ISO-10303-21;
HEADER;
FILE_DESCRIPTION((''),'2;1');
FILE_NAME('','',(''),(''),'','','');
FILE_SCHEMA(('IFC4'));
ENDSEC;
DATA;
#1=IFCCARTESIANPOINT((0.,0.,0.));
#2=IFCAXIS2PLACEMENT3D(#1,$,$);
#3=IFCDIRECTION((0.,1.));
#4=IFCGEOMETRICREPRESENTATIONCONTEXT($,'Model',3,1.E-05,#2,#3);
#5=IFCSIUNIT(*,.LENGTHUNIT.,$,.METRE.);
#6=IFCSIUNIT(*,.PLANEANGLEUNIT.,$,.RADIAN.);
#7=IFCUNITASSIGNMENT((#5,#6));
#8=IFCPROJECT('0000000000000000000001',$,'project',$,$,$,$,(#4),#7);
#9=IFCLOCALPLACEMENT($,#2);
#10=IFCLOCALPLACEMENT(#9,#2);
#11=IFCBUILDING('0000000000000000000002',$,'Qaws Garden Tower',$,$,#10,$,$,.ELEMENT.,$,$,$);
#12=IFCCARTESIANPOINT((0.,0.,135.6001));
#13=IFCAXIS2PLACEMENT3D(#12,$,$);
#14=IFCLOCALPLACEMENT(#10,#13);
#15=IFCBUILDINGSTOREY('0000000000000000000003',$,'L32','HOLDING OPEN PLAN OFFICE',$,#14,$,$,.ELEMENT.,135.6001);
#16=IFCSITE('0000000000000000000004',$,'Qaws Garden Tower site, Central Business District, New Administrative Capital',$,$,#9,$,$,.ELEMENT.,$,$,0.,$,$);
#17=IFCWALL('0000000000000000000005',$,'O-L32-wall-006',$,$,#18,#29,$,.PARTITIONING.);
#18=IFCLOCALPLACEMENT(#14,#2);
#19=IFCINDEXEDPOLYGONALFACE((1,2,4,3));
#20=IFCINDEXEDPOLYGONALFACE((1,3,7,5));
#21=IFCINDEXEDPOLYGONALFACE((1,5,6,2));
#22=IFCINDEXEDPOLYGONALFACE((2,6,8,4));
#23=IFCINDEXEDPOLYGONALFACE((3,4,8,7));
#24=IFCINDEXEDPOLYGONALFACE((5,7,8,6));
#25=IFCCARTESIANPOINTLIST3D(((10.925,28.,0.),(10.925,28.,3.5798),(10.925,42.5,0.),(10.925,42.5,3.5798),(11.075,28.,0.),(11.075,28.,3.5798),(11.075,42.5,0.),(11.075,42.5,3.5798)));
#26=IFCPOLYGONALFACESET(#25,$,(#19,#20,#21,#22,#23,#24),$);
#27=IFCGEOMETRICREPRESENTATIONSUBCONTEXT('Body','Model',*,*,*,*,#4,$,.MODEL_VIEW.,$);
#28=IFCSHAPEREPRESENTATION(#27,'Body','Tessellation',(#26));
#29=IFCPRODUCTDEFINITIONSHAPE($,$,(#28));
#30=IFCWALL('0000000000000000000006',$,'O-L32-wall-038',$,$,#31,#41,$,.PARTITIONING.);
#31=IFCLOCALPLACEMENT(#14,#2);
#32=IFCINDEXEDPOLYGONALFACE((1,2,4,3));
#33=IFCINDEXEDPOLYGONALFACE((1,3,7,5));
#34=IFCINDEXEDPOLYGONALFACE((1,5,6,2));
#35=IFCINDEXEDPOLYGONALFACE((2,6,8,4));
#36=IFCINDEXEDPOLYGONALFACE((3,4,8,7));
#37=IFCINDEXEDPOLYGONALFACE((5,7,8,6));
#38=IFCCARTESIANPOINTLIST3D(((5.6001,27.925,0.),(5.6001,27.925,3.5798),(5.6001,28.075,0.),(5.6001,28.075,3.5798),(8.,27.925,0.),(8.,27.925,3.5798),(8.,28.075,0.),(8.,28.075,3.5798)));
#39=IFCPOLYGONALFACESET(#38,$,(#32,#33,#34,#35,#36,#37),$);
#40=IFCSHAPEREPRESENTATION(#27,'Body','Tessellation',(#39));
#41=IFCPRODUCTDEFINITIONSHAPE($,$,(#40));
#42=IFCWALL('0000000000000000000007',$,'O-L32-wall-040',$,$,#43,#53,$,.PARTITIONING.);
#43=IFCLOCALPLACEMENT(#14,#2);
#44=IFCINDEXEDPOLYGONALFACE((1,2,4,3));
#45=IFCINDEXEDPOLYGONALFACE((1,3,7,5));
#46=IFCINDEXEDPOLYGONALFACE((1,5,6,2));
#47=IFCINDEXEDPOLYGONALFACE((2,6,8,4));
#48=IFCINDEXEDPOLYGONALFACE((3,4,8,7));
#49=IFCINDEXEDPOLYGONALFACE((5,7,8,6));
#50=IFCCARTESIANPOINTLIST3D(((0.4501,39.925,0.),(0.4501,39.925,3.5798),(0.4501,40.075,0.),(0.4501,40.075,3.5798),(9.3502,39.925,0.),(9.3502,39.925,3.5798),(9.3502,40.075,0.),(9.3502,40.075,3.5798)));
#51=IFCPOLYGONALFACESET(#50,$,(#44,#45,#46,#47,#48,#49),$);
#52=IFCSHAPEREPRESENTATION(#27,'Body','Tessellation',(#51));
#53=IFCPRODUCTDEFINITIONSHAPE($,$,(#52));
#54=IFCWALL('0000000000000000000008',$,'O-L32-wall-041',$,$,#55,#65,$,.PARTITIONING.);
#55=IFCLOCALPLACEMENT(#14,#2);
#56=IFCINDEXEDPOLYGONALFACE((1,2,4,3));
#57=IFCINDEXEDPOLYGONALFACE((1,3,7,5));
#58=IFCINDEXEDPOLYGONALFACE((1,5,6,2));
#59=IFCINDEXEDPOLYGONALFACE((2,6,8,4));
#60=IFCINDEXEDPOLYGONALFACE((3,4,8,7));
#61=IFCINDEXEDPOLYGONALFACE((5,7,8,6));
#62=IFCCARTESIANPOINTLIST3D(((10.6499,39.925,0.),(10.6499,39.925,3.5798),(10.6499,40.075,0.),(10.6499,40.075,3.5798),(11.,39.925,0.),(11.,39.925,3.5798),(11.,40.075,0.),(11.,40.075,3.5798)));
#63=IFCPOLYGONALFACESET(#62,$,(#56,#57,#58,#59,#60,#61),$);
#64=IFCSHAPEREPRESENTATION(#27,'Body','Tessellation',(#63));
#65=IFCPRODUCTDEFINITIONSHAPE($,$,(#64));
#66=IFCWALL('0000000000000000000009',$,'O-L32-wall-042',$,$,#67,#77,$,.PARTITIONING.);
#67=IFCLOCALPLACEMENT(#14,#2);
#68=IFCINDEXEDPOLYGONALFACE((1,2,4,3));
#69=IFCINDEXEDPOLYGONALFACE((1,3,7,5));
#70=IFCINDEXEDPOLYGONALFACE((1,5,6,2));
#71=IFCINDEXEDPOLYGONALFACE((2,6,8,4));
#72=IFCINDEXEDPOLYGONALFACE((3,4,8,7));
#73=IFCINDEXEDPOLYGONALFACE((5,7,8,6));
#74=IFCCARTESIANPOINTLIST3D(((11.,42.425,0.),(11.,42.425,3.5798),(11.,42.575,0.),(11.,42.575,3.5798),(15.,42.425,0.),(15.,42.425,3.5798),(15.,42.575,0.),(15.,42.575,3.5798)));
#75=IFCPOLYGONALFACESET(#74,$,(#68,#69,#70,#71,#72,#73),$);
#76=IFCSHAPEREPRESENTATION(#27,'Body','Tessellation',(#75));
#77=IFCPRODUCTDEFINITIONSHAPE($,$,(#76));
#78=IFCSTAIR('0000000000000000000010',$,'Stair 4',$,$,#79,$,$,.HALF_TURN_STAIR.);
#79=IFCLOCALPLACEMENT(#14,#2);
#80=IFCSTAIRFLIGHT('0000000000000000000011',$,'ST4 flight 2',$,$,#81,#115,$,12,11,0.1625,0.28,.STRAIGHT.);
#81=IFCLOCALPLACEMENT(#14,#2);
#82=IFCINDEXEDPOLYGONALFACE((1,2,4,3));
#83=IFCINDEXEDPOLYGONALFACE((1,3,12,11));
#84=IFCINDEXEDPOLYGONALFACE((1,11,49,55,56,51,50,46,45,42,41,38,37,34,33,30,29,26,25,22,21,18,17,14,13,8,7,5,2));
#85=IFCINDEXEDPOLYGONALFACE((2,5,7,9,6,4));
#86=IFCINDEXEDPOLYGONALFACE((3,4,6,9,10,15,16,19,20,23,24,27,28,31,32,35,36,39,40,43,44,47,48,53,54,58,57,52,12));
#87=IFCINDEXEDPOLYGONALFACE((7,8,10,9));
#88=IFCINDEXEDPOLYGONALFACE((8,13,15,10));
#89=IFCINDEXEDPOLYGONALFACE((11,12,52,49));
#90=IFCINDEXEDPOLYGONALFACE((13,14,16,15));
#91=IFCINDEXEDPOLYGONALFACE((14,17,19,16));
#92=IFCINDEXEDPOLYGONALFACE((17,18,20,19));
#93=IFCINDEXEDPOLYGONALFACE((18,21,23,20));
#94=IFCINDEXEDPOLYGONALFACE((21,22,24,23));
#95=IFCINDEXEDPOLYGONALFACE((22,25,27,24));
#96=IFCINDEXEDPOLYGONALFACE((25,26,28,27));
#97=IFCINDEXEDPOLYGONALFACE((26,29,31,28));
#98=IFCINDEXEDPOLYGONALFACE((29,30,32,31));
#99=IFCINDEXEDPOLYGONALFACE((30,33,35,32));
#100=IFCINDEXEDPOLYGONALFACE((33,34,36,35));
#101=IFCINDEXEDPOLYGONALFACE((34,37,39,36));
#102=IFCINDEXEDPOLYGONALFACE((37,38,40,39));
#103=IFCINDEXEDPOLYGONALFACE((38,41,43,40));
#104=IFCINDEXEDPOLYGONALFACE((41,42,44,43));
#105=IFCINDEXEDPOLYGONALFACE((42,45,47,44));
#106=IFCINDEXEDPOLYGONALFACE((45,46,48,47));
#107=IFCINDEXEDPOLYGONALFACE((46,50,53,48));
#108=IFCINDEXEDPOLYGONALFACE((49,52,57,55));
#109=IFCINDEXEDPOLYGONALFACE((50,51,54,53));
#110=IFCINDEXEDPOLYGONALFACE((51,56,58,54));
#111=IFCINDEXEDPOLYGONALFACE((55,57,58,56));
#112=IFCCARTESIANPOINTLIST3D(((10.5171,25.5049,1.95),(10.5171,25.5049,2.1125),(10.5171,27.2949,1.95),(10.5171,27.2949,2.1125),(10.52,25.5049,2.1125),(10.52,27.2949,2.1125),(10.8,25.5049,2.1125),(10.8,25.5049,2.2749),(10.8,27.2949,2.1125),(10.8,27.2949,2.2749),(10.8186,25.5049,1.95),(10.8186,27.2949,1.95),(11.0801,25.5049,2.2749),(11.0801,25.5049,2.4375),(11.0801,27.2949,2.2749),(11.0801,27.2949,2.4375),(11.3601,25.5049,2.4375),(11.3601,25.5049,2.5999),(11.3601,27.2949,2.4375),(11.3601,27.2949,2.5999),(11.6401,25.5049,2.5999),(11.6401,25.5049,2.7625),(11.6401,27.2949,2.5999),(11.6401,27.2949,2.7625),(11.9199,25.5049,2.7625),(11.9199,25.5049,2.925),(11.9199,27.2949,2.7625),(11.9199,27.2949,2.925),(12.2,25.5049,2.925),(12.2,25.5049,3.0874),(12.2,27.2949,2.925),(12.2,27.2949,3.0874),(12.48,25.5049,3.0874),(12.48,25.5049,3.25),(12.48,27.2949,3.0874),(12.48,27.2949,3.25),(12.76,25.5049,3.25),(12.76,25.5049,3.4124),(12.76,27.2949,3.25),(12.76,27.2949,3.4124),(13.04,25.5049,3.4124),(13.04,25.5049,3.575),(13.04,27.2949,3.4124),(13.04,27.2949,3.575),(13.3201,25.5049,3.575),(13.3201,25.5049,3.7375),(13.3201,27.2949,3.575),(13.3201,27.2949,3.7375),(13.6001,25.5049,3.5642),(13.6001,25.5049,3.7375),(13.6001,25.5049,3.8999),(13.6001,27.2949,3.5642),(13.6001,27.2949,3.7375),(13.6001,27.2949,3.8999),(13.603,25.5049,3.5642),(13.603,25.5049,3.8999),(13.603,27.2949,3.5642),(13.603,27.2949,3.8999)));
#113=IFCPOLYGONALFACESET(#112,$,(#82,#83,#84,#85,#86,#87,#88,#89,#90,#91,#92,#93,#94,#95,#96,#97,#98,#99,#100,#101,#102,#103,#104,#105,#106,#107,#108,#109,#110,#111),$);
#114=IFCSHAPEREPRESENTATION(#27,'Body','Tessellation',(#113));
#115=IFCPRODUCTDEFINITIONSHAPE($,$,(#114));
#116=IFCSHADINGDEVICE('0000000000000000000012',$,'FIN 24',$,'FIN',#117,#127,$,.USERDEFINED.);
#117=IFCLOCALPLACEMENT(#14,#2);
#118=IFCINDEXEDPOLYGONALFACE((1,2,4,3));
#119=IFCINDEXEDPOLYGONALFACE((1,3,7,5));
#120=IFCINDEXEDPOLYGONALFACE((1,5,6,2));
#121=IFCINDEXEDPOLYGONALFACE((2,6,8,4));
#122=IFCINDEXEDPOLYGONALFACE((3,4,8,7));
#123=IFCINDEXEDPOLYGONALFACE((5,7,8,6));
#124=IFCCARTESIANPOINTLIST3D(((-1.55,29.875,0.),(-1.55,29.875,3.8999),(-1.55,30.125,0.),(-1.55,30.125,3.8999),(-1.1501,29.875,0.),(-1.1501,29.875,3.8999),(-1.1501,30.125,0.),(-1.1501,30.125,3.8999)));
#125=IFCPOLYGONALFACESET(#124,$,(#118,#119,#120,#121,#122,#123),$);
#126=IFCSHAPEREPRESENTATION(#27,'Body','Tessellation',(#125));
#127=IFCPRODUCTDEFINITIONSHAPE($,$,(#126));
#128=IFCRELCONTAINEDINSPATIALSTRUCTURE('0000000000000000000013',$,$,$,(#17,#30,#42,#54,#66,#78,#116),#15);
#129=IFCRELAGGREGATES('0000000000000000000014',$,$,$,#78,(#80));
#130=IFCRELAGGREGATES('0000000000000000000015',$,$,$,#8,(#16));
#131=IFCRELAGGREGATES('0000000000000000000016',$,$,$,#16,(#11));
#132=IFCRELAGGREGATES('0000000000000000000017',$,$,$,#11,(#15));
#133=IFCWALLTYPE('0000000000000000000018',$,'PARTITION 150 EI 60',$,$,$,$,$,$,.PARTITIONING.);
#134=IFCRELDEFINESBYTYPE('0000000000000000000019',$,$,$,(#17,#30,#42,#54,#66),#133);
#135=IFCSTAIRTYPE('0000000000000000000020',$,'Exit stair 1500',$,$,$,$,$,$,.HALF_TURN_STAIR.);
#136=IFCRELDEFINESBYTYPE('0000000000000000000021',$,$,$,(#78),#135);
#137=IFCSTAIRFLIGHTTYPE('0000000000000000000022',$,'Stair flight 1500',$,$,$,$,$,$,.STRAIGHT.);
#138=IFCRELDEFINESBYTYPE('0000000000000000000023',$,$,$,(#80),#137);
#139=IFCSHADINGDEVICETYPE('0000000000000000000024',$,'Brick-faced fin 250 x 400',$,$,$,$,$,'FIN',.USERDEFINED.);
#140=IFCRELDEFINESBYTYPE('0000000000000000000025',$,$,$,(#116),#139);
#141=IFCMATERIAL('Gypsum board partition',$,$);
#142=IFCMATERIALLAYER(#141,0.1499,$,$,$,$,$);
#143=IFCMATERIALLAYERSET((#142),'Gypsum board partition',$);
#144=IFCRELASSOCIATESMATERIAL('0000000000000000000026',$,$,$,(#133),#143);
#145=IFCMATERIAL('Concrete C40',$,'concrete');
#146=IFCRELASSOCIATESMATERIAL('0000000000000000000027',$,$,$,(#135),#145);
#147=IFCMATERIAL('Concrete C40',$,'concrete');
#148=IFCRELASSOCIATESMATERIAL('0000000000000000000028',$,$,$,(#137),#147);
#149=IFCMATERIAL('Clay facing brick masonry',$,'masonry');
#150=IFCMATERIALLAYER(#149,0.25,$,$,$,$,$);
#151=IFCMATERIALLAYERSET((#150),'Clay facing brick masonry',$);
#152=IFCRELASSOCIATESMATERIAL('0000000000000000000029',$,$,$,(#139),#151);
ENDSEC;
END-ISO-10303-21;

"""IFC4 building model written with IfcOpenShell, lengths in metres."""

from ifc_helpers import new_model, si_unit, direction, frame, frame_2d, origin, origin_2d, place, context, subcontext, project, spatial, polyline, rectangle, outline, extrude, material, layer, layer_set, type_object, element, aggregate, save


model = new_model("IFC4")

# Units and contexts
model_context = context("Model", 3, precision=1e-05, world=origin(), true_north=direction((0.0, 1.0)))
body_context = subcontext(model_context, "Body", "Model", "MODEL_VIEW")
ifc_project = project(units=[si_unit("LENGTHUNIT", "METRE"), si_unit("PLANEANGLEUNIT", "RADIAN")], contexts=[model_context])

# Site, building, storey
site_placement = place(None, origin())
site = spatial("IfcSite", under=ifc_project, at=site_placement, Name="Qaws Garden Tower site, Central Business District, New Administrative Capital", CompositionType="ELEMENT", RefElevation=0.0)
building_placement = place(site_placement, origin())
building = spatial("IfcBuilding", under=site, at=building_placement, Name="Qaws Garden Tower", CompositionType="ELEMENT")
storey_placement = place(building_placement, frame((0.0, 0.0, 135.6001)))
storey = spatial("IfcBuildingStorey", under=building, at=storey_placement, Name="L32", Description="HOLDING OPEN PLAN OFFICE", CompositionType="ELEMENT", Elevation=135.6001)

# Walls
ifc_material_1 = material(Name="Gypsum board partition")
ifc_layer_1 = layer(ifc_material_1, 0.1499)
ifc_layer_set_1 = layer_set([ifc_layer_1], Name="Gypsum board partition")
wall_type_1 = type_object("IfcWallType", Name="PARTITION 150 EI 60", PredefinedType="PARTITIONING", material=ifc_layer_set_1)
wall_1_placement = place(storey_placement, frame((11.0, 28.0, 0.0), z_axis=(0.0, 0.0, 1.0), x_axis=(0.0, 1.0, 0.0)))
element("IfcWall", 1, at=wall_1_placement, inside=storey, type_object=wall_type_1, Name="O-L32-wall-006", PredefinedType="PARTITIONING", context=body_context, shape_type="SweptSolid", body=[
    extrude(rectangle(XDim=14.5, YDim=0.1499, at=frame_2d((7.25, 0.0))), origin(), (0.0, 0.0, 1.0), 3.5798),
])
wall_2_placement = place(storey_placement, frame((5.6001, 28.0, 0.0), z_axis=(0.0, 0.0, 1.0), x_axis=(1.0, 0.0, 0.0)))
element("IfcWall", 2, at=wall_2_placement, inside=storey, type_object=wall_type_1, Name="O-L32-wall-038", PredefinedType="PARTITIONING", context=body_context, shape_type="SweptSolid", body=[
    extrude(rectangle(XDim=2.3999, YDim=0.1499, at=frame_2d((1.2, 0.0))), origin(), (0.0, 0.0, 1.0), 3.5798),
])
wall_3_placement = place(storey_placement, frame((0.45, 40.0, 0.0), z_axis=(0.0, 0.0, 1.0), x_axis=(1.0, 0.0, 0.0)))
element("IfcWall", 3, at=wall_3_placement, inside=storey, type_object=wall_type_1, Name="O-L32-wall-040", PredefinedType="PARTITIONING", context=body_context, shape_type="SweptSolid", body=[
    extrude(rectangle(XDim=8.9001, YDim=0.1499, at=frame_2d((4.4502, 0.0))), origin(), (0.0, 0.0, 1.0), 3.5798),
])
wall_4_placement = place(storey_placement, frame((10.6499, 40.0, 0.0), z_axis=(0.0, 0.0, 1.0), x_axis=(1.0, 0.0, 0.0)))
element("IfcWall", 4, at=wall_4_placement, inside=storey, type_object=wall_type_1, Name="O-L32-wall-041", PredefinedType="PARTITIONING", context=body_context, shape_type="SweptSolid", body=[
    extrude(rectangle(XDim=0.3501, YDim=0.1499, at=frame_2d((0.175, 0.0))), origin(), (0.0, 0.0, 1.0), 3.5798),
])
wall_5_placement = place(storey_placement, frame((11.0, 42.5, 0.0), z_axis=(0.0, 0.0, 1.0), x_axis=(1.0, 0.0, 0.0)))
element("IfcWall", 5, at=wall_5_placement, inside=storey, type_object=wall_type_1, Name="O-L32-wall-042", PredefinedType="PARTITIONING", context=body_context, shape_type="SweptSolid", body=[
    extrude(rectangle(XDim=4.0, YDim=0.1499, at=frame_2d((2.0, 0.0))), origin(), (0.0, 0.0, 1.0), 3.5798),
])

# Stair, stair flight
ifc_material_2 = material(Name="Concrete C40", Category="concrete")
stair_type = type_object("IfcStairType", Name="Exit stair 1500", PredefinedType="HALF_TURN_STAIR", material=ifc_material_2)
stair_placement = place(storey_placement, origin())
stair = element("IfcStair", 6, at=stair_placement, inside=storey, type_object=stair_type, Name="Stair 4", PredefinedType="HALF_TURN_STAIR")
ifc_material_3 = material(Name="Concrete C40", Category="concrete")
stair_flight_type = type_object("IfcStairFlightType", Name="Stair flight 1500", PredefinedType="STRAIGHT", material=ifc_material_3)
stair_flight_placement = place(storey_placement, frame((10.52, 26.3999, 1.95), z_axis=(0.0, 0.0, 1.0), x_axis=(1.0, 0.0, 0.0)))
stair_flight = element("IfcStairFlight", 7, at=stair_flight_placement, type_object=stair_flight_type, Name="ST4 flight 2", NumberOfRisers=12, NumberOfTreads=11, PredefinedType="STRAIGHT", RiserHeight=0.1625, TreadLength=0.28, context=body_context, shape_type="SweptSolid", body=[
    extrude(outline(polyline([(-0.0029, 0.0), (-0.0029, 0.1626), (0.0, 0.1626), (0.28, 0.1626), (0.28, 0.325), (0.5601, 0.325), (0.5601, 0.4875), (0.8401, 0.4875), (0.8401, 0.6499), (1.1201, 0.6499), (1.1201, 0.8125), (1.3999, 0.8125), (1.3999, 0.9751), (1.6799, 0.9751), (1.6799, 1.1375), (1.96, 1.1375), (1.96, 1.3), (2.24, 1.3), (2.24, 1.4624), (2.52, 1.4624), (2.52, 1.625), (2.8, 1.625), (2.8, 1.7876), (3.0801, 1.7876), (3.0801, 1.95), (3.083, 1.95), (3.083, 1.6143), (3.0801, 1.6143), (0.2986, 0.0), (-0.0029, 0.0)])), frame((0.0, 0.895, 0.0), z_axis=(0.0, -1.0, 0.0), x_axis=(1.0, 0.0, 0.0)), (0.0, 0.0, 1.0), 1.79),
])
aggregate(stair, [stair_flight])

# Shading device
ifc_material_4 = material(Name="Clay facing brick masonry", Category="masonry")
ifc_layer_2 = layer(ifc_material_4, 0.25)
ifc_layer_set_2 = layer_set([ifc_layer_2], Name="Clay facing brick masonry")
shading_device_type = type_object("IfcShadingDeviceType", Name="Brick-faced fin 250 x 400", ElementType="FIN", PredefinedType="USERDEFINED", material=ifc_layer_set_2)
shading_device_placement = place(storey_placement, frame((-1.3501, 30.0, 0.0), z_axis=(0.0, 0.0, 1.0), x_axis=(0.0, -1.0, 0.0)))
element("IfcShadingDevice", 8, at=shading_device_placement, inside=storey, type_object=shading_device_type, Name="FIN 24", ObjectType="FIN", PredefinedType="USERDEFINED", context=body_context, shape_type="SweptSolid", body=[
    extrude(rectangle(XDim=0.25, YDim=0.3999, at=origin_2d()), origin(), (0.0, 0.0, 1.0), 3.8999),
])

save(model, "model.ifc")
